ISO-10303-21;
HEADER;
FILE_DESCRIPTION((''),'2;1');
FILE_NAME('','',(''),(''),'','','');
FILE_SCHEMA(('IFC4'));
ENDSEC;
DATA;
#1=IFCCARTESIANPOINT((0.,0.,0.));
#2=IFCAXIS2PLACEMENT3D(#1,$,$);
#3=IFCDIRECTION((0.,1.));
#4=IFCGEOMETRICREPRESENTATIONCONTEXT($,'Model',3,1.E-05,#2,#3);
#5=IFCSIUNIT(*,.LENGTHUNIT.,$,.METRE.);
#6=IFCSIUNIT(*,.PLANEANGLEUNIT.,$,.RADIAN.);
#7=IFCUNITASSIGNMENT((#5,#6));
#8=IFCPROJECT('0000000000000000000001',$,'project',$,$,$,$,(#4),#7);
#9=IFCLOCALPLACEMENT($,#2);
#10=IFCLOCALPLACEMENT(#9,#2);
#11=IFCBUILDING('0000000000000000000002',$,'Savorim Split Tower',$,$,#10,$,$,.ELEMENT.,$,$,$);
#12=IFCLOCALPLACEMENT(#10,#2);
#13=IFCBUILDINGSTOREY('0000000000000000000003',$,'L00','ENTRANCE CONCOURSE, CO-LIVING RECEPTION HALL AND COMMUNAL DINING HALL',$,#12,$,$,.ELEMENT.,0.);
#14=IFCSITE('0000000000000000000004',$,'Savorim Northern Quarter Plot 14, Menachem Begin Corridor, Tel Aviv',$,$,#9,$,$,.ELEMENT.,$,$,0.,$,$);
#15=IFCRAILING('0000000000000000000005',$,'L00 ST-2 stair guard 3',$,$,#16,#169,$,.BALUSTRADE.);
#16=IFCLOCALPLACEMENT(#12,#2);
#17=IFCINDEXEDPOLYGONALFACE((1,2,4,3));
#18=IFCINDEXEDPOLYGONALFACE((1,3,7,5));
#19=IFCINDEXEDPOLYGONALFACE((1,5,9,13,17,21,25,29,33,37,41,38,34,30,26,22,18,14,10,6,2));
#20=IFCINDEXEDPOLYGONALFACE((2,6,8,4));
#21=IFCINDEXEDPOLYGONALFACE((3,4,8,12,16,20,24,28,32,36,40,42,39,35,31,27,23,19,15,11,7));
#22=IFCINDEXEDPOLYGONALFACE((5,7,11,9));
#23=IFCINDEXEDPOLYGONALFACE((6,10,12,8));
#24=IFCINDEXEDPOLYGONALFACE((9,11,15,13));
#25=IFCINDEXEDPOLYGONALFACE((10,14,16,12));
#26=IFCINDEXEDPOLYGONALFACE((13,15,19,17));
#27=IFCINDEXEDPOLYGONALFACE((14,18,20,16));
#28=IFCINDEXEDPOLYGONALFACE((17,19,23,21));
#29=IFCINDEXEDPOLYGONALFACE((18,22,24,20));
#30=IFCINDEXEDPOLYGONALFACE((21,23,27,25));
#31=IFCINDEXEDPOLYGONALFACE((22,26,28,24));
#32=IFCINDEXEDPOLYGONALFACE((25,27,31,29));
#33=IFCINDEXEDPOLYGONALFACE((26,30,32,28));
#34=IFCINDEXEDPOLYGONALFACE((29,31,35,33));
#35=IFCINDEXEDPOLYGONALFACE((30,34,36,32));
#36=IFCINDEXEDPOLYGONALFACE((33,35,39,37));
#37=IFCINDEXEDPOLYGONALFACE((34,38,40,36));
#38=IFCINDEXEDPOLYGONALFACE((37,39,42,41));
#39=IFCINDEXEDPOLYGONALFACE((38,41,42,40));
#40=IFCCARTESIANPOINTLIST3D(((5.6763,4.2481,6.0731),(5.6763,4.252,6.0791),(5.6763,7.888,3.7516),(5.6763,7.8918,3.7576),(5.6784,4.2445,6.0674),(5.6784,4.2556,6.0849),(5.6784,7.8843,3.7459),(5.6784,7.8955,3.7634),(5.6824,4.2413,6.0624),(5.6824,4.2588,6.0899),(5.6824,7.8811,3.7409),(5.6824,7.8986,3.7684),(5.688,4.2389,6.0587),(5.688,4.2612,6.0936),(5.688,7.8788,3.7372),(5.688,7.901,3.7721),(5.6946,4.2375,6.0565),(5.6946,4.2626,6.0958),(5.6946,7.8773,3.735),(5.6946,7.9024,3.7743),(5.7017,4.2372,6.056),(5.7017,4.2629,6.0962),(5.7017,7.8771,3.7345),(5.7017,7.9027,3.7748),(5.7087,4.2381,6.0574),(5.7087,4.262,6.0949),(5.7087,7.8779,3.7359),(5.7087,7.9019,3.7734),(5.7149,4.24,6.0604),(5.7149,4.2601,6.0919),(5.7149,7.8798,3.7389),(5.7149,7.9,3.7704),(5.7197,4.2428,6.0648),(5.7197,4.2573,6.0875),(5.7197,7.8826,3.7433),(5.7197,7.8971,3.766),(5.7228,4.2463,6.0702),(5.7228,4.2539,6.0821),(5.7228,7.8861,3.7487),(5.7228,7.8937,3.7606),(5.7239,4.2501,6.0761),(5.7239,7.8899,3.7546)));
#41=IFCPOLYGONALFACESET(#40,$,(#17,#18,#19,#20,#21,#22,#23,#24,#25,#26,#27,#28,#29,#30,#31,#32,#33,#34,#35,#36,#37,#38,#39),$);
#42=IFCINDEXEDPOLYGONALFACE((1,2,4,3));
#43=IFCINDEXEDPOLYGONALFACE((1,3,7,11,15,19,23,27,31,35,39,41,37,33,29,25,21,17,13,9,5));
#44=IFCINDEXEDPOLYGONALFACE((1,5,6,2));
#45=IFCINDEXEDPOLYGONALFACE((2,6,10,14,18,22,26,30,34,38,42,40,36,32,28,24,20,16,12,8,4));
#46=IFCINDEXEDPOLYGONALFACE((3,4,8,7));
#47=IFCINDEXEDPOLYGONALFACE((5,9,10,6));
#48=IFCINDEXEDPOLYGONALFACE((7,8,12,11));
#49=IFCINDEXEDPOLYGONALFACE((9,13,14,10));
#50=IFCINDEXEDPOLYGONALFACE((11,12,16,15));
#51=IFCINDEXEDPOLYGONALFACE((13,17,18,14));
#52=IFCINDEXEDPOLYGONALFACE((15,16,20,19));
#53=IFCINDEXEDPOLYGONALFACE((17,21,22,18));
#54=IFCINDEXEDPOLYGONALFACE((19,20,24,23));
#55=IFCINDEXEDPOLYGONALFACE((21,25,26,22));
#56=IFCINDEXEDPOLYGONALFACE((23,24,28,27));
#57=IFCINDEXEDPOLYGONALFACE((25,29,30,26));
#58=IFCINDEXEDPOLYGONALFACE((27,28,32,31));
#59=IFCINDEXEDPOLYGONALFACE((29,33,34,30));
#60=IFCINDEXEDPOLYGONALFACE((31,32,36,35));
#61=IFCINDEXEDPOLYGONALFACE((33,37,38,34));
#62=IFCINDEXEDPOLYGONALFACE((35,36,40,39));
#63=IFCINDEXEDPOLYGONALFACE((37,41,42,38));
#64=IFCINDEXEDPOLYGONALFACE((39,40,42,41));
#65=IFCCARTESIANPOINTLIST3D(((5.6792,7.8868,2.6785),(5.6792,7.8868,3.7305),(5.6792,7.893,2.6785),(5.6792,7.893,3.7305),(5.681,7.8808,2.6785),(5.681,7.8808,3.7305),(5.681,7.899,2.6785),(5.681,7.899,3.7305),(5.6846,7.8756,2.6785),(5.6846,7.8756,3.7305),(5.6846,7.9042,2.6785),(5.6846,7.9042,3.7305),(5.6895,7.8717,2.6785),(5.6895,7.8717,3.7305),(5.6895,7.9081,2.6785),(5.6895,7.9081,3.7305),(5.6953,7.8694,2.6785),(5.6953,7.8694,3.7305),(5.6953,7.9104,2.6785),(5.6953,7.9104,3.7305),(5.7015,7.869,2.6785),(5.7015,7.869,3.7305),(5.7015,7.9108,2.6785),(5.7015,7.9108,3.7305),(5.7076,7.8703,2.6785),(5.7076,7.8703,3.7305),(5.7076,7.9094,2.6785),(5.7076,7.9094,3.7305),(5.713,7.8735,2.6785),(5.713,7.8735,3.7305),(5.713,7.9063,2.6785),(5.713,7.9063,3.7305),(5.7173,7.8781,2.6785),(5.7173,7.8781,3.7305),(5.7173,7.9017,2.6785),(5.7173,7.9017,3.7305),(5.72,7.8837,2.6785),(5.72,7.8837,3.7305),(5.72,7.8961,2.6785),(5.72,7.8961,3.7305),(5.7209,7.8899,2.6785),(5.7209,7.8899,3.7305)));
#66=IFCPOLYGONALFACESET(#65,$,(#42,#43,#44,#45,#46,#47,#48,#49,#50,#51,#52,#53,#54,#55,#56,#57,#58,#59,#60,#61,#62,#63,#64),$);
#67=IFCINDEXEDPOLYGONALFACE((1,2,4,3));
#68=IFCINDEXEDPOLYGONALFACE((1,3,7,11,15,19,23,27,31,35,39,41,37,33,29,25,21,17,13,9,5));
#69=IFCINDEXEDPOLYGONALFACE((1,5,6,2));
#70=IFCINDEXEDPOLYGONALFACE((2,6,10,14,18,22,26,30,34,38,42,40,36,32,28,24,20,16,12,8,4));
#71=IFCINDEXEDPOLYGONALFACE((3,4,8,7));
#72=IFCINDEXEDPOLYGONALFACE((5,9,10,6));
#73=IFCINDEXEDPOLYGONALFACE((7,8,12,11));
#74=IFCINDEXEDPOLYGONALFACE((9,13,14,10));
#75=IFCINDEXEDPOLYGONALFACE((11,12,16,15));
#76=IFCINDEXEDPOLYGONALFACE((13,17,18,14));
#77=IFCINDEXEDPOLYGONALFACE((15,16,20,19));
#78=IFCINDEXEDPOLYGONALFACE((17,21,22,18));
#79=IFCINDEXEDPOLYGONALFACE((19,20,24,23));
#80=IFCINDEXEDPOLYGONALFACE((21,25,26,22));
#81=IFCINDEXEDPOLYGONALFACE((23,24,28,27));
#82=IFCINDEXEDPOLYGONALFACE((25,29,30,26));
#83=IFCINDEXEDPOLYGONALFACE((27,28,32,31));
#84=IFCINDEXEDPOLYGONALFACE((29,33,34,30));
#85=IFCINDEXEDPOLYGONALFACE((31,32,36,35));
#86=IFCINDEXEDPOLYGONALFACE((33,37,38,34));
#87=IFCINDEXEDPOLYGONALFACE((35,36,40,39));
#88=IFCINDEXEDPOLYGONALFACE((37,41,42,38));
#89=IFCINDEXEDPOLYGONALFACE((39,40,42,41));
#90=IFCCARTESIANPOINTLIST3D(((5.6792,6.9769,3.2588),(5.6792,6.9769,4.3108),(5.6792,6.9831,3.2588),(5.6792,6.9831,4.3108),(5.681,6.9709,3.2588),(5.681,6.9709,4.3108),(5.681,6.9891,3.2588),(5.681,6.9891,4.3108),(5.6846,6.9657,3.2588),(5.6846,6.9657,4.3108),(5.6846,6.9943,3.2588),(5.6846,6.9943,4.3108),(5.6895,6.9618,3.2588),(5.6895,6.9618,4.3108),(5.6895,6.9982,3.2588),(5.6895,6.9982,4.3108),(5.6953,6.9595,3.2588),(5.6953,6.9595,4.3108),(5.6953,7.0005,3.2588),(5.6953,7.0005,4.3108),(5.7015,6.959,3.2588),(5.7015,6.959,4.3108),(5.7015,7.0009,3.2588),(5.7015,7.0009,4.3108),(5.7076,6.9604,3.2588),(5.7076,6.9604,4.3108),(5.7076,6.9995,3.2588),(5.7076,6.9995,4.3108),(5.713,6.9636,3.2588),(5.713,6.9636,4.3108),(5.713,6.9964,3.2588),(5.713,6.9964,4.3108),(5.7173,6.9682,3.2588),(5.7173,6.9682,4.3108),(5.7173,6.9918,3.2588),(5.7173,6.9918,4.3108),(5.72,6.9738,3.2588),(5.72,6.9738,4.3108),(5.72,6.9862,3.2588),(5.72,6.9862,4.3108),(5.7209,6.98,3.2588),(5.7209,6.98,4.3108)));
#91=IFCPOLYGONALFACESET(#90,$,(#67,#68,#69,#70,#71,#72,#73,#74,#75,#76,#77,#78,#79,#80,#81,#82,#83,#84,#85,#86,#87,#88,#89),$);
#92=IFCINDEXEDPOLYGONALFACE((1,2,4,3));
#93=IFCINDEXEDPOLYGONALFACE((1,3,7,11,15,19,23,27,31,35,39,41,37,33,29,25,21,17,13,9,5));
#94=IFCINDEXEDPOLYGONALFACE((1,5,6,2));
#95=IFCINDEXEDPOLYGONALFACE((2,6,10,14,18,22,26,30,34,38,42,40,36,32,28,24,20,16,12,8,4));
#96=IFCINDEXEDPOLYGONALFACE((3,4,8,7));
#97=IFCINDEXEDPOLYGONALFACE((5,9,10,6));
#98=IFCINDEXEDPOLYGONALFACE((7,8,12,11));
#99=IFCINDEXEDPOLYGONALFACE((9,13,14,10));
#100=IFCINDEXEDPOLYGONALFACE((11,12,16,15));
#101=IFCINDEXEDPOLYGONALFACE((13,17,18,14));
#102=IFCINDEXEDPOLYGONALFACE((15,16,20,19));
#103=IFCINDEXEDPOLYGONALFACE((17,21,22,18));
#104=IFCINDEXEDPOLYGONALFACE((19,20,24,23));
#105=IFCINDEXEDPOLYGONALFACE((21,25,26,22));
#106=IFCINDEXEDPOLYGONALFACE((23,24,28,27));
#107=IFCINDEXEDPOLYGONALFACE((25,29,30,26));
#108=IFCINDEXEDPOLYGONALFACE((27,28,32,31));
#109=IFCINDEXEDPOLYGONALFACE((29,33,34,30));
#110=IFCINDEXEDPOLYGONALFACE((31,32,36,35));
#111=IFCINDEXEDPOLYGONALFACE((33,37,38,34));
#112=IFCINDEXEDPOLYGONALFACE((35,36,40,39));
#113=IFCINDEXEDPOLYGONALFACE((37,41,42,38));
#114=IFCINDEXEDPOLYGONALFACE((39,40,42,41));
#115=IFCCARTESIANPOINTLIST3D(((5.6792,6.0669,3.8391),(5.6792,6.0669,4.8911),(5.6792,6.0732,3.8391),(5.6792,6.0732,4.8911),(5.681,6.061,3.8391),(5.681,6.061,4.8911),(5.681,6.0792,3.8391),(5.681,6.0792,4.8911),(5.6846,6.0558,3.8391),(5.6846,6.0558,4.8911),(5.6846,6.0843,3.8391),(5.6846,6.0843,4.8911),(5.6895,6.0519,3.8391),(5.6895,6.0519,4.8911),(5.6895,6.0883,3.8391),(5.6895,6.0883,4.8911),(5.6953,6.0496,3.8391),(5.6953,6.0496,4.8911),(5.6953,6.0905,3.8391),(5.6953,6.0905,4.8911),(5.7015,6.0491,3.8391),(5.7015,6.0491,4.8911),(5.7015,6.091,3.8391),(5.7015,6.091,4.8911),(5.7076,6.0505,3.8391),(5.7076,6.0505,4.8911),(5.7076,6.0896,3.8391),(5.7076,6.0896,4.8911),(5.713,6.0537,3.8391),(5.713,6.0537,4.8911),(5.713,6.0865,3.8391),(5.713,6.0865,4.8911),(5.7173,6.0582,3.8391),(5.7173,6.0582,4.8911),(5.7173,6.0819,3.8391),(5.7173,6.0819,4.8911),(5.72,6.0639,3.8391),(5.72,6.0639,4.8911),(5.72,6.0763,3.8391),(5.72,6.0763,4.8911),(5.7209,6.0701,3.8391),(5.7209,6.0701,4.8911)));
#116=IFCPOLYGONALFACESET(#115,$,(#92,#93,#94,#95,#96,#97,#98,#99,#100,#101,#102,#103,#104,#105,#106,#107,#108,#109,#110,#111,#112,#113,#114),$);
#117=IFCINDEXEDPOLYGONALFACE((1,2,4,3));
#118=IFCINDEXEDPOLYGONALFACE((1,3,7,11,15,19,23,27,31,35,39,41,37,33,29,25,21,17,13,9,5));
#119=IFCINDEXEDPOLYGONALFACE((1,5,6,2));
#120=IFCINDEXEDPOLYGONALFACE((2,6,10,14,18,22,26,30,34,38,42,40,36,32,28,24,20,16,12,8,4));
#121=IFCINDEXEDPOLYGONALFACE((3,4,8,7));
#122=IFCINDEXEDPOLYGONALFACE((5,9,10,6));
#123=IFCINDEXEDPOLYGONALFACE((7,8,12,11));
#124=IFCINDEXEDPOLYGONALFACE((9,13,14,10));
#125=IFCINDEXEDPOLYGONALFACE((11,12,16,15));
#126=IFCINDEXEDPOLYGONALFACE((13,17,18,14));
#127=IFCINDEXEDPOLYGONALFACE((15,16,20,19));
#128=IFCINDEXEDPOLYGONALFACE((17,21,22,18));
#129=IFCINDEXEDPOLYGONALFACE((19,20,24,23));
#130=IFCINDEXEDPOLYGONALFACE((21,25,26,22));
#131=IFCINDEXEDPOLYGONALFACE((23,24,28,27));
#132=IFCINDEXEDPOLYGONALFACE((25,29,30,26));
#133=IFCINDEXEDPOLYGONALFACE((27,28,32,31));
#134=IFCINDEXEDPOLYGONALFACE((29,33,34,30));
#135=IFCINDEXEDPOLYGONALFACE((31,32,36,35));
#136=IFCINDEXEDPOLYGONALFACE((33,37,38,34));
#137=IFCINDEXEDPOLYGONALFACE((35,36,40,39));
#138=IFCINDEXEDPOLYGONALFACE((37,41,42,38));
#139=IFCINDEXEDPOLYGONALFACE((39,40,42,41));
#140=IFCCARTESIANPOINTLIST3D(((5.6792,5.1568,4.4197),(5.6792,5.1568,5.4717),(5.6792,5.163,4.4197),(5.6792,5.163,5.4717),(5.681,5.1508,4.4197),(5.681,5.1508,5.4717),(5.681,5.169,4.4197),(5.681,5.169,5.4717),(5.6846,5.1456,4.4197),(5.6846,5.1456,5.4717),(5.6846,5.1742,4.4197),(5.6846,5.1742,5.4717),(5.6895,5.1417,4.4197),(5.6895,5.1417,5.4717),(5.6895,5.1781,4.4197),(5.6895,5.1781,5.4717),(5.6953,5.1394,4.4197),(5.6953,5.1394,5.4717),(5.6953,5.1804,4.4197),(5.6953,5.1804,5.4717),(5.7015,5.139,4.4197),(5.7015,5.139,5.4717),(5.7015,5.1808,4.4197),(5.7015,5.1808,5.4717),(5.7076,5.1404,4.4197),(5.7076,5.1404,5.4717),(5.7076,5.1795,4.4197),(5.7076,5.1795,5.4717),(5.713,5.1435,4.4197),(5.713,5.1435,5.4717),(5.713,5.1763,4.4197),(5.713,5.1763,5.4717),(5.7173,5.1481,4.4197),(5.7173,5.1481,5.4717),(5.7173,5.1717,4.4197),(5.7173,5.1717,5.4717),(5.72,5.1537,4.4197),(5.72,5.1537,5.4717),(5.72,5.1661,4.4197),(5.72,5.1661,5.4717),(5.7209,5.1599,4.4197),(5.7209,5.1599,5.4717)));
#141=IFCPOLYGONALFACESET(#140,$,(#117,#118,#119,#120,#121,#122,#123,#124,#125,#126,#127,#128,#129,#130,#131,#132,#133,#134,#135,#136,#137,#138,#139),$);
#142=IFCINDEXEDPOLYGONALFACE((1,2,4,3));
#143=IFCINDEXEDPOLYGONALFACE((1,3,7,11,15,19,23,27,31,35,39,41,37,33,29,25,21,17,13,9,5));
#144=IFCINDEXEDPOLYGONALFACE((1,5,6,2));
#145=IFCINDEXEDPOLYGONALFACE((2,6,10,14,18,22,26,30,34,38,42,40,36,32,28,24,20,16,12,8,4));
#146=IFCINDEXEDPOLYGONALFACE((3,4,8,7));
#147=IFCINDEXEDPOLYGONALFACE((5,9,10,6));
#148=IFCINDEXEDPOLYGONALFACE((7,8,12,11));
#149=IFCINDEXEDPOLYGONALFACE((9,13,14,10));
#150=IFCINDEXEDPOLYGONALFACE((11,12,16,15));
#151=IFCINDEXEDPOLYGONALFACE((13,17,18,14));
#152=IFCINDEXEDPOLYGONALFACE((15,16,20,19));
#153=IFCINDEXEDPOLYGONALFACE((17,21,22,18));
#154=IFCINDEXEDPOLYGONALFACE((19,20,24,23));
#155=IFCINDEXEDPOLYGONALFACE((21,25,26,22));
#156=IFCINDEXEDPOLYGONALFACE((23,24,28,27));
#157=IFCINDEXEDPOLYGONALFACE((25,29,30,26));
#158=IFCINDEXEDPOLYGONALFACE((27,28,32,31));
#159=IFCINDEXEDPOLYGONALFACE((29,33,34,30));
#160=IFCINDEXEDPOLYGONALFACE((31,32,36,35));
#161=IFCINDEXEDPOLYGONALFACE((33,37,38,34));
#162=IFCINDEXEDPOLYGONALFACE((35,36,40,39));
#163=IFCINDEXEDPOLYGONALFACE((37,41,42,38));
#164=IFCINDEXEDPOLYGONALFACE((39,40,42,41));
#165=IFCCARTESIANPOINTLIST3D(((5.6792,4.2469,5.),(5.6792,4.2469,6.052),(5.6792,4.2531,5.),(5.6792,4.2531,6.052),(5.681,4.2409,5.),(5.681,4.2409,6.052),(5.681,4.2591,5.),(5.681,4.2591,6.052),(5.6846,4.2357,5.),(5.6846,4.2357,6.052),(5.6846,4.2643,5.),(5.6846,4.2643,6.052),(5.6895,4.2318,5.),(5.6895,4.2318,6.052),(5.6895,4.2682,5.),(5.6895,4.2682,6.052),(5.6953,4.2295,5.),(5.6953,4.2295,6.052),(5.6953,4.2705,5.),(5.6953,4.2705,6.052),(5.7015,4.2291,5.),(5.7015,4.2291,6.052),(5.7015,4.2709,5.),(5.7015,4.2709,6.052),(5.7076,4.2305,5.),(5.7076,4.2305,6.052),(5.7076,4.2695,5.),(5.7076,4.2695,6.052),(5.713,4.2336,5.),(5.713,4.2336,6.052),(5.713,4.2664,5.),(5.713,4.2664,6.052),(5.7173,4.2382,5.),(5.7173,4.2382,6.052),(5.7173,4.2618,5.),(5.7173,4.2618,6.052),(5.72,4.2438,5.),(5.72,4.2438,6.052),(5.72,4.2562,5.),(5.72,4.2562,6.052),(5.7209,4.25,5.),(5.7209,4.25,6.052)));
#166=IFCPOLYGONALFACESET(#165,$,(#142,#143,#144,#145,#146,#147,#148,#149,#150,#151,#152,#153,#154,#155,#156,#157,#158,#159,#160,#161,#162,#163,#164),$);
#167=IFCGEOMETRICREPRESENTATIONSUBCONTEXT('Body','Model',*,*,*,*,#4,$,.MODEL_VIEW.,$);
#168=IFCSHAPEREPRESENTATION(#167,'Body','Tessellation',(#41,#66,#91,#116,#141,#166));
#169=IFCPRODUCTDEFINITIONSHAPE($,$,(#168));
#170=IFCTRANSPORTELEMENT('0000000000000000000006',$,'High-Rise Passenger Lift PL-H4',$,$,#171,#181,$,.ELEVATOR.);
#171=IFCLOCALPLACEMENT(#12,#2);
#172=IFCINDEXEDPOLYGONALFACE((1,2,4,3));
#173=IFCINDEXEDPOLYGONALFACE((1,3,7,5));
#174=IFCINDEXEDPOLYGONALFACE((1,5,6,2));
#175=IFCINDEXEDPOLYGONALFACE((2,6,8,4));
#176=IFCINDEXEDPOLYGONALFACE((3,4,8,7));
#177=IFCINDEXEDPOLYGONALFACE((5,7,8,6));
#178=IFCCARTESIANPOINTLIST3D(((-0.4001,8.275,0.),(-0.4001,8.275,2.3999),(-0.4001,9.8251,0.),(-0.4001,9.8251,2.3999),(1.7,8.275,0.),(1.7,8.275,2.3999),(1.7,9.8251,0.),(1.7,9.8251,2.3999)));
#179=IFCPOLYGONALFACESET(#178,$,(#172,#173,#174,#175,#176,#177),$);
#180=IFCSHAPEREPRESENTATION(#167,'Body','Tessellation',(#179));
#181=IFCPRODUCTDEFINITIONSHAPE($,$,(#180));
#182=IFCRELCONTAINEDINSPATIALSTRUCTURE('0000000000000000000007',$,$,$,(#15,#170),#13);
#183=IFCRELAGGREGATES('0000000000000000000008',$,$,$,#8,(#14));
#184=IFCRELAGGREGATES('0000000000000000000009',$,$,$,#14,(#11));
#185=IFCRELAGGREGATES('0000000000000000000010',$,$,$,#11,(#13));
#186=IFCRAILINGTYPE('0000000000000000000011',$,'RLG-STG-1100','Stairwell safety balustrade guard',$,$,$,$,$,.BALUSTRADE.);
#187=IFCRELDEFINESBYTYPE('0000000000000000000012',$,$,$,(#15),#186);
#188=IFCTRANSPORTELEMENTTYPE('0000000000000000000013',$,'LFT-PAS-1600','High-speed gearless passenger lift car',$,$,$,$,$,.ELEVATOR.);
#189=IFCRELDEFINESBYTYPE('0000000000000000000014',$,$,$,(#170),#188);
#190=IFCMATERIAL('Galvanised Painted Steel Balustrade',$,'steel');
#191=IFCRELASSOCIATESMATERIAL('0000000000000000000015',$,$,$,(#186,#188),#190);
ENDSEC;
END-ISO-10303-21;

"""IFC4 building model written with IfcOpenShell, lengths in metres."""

from ifc_helpers import new_model, si_unit, direction, frame, origin, origin_2d, place, context, subcontext, project, spatial, rectangle, circle, extrude, material, type_object, element, save


model = new_model("IFC4")

# Units and contexts
model_context = context("Model", 3, precision=1e-05, world=origin(), true_north=direction((0.0, 1.0)))
body_context = subcontext(model_context, "Body", "Model", "MODEL_VIEW")
ifc_project = project(units=[si_unit("LENGTHUNIT", "METRE"), si_unit("PLANEANGLEUNIT", "RADIAN")], contexts=[model_context])

# Site, building, storey
site_placement = place(None, origin())
site = spatial("IfcSite", under=ifc_project, at=site_placement, Name="Savorim Northern Quarter Plot 14, Menachem Begin Corridor, Tel Aviv", CompositionType="ELEMENT", RefElevation=0.0)
building_placement = place(site_placement, origin())
building = spatial("IfcBuilding", under=site, at=building_placement, Name="Savorim Split Tower", CompositionType="ELEMENT")
storey_placement = place(building_placement, origin())
storey = spatial("IfcBuildingStorey", under=building, at=storey_placement, Name="L00", Description="ENTRANCE CONCOURSE, CO-LIVING RECEPTION HALL AND COMMUNAL DINING HALL", CompositionType="ELEMENT", Elevation=0.0)

# Railing
ifc_material_1 = material(Name="Galvanised Painted Steel Balustrade", Category="steel")
railing_type_1 = type_object("IfcRailingType", Name="RLG-STG-1100", Description="Stairwell safety balustrade guard", PredefinedType="BALUSTRADE", material=ifc_material_1)
railing_1_placement = place(storey_placement, frame((5.7, 7.8899, 2.6785)))
element("IfcRailing", 1, at=railing_1_placement, inside=storey, type_object=railing_type_1, Name="L00 ST-2 stair guard 3", PredefinedType="BALUSTRADE", context=body_context, shape_type="SweptSolid", body=[
    extrude(circle(Radius=0.0239, at=origin_2d()), frame((0.0, 0.0, 1.0762), z_axis=(0.0, -0.843112, 0.537739), x_axis=(1.0, 0.0, 0.0)), (0.0, 0.0, 1.0), 4.3171),
    extrude(circle(Radius=0.021, at=origin_2d()), origin(), (0.0, 0.0, 1.0), 1.052),
    extrude(circle(Radius=0.021, at=origin_2d()), frame((0.0, -0.9099, 0.5803)), (0.0, 0.0, 1.0), 1.052),
    extrude(circle(Radius=0.021, at=origin_2d()), frame((0.0, -1.8198, 1.1606)), (0.0, 0.0, 1.0), 1.052),
    extrude(circle(Radius=0.021, at=origin_2d()), frame((0.0, -2.73, 1.7412)), (0.0, 0.0, 1.0), 1.052),
    extrude(circle(Radius=0.021, at=origin_2d()), frame((0.0, -3.6399, 2.3215)), (0.0, 0.0, 1.0), 1.052),
])

# Transport element
transport_element_type = type_object("IfcTransportElementType", Name="LFT-PAS-1600", Description="High-speed gearless passenger lift car", PredefinedType="ELEVATOR", material=ifc_material_1)
transport_element_placement = place(storey_placement, frame((0.6499, 9.05, 0.0), z_axis=(0.0, 0.0, 1.0), x_axis=(1.0, 0.0, 0.0)))
element("IfcTransportElement", 2, at=transport_element_placement, inside=storey, type_object=transport_element_type, Name="High-Rise Passenger Lift PL-H4", PredefinedType="ELEVATOR", context=body_context, shape_type="SweptSolid", body=[
    extrude(rectangle(XDim=2.1001, YDim=1.55, at=origin_2d()), origin(), (0.0, 0.0, 1.0), 2.3999),
])

save(model, "model.ifc")
